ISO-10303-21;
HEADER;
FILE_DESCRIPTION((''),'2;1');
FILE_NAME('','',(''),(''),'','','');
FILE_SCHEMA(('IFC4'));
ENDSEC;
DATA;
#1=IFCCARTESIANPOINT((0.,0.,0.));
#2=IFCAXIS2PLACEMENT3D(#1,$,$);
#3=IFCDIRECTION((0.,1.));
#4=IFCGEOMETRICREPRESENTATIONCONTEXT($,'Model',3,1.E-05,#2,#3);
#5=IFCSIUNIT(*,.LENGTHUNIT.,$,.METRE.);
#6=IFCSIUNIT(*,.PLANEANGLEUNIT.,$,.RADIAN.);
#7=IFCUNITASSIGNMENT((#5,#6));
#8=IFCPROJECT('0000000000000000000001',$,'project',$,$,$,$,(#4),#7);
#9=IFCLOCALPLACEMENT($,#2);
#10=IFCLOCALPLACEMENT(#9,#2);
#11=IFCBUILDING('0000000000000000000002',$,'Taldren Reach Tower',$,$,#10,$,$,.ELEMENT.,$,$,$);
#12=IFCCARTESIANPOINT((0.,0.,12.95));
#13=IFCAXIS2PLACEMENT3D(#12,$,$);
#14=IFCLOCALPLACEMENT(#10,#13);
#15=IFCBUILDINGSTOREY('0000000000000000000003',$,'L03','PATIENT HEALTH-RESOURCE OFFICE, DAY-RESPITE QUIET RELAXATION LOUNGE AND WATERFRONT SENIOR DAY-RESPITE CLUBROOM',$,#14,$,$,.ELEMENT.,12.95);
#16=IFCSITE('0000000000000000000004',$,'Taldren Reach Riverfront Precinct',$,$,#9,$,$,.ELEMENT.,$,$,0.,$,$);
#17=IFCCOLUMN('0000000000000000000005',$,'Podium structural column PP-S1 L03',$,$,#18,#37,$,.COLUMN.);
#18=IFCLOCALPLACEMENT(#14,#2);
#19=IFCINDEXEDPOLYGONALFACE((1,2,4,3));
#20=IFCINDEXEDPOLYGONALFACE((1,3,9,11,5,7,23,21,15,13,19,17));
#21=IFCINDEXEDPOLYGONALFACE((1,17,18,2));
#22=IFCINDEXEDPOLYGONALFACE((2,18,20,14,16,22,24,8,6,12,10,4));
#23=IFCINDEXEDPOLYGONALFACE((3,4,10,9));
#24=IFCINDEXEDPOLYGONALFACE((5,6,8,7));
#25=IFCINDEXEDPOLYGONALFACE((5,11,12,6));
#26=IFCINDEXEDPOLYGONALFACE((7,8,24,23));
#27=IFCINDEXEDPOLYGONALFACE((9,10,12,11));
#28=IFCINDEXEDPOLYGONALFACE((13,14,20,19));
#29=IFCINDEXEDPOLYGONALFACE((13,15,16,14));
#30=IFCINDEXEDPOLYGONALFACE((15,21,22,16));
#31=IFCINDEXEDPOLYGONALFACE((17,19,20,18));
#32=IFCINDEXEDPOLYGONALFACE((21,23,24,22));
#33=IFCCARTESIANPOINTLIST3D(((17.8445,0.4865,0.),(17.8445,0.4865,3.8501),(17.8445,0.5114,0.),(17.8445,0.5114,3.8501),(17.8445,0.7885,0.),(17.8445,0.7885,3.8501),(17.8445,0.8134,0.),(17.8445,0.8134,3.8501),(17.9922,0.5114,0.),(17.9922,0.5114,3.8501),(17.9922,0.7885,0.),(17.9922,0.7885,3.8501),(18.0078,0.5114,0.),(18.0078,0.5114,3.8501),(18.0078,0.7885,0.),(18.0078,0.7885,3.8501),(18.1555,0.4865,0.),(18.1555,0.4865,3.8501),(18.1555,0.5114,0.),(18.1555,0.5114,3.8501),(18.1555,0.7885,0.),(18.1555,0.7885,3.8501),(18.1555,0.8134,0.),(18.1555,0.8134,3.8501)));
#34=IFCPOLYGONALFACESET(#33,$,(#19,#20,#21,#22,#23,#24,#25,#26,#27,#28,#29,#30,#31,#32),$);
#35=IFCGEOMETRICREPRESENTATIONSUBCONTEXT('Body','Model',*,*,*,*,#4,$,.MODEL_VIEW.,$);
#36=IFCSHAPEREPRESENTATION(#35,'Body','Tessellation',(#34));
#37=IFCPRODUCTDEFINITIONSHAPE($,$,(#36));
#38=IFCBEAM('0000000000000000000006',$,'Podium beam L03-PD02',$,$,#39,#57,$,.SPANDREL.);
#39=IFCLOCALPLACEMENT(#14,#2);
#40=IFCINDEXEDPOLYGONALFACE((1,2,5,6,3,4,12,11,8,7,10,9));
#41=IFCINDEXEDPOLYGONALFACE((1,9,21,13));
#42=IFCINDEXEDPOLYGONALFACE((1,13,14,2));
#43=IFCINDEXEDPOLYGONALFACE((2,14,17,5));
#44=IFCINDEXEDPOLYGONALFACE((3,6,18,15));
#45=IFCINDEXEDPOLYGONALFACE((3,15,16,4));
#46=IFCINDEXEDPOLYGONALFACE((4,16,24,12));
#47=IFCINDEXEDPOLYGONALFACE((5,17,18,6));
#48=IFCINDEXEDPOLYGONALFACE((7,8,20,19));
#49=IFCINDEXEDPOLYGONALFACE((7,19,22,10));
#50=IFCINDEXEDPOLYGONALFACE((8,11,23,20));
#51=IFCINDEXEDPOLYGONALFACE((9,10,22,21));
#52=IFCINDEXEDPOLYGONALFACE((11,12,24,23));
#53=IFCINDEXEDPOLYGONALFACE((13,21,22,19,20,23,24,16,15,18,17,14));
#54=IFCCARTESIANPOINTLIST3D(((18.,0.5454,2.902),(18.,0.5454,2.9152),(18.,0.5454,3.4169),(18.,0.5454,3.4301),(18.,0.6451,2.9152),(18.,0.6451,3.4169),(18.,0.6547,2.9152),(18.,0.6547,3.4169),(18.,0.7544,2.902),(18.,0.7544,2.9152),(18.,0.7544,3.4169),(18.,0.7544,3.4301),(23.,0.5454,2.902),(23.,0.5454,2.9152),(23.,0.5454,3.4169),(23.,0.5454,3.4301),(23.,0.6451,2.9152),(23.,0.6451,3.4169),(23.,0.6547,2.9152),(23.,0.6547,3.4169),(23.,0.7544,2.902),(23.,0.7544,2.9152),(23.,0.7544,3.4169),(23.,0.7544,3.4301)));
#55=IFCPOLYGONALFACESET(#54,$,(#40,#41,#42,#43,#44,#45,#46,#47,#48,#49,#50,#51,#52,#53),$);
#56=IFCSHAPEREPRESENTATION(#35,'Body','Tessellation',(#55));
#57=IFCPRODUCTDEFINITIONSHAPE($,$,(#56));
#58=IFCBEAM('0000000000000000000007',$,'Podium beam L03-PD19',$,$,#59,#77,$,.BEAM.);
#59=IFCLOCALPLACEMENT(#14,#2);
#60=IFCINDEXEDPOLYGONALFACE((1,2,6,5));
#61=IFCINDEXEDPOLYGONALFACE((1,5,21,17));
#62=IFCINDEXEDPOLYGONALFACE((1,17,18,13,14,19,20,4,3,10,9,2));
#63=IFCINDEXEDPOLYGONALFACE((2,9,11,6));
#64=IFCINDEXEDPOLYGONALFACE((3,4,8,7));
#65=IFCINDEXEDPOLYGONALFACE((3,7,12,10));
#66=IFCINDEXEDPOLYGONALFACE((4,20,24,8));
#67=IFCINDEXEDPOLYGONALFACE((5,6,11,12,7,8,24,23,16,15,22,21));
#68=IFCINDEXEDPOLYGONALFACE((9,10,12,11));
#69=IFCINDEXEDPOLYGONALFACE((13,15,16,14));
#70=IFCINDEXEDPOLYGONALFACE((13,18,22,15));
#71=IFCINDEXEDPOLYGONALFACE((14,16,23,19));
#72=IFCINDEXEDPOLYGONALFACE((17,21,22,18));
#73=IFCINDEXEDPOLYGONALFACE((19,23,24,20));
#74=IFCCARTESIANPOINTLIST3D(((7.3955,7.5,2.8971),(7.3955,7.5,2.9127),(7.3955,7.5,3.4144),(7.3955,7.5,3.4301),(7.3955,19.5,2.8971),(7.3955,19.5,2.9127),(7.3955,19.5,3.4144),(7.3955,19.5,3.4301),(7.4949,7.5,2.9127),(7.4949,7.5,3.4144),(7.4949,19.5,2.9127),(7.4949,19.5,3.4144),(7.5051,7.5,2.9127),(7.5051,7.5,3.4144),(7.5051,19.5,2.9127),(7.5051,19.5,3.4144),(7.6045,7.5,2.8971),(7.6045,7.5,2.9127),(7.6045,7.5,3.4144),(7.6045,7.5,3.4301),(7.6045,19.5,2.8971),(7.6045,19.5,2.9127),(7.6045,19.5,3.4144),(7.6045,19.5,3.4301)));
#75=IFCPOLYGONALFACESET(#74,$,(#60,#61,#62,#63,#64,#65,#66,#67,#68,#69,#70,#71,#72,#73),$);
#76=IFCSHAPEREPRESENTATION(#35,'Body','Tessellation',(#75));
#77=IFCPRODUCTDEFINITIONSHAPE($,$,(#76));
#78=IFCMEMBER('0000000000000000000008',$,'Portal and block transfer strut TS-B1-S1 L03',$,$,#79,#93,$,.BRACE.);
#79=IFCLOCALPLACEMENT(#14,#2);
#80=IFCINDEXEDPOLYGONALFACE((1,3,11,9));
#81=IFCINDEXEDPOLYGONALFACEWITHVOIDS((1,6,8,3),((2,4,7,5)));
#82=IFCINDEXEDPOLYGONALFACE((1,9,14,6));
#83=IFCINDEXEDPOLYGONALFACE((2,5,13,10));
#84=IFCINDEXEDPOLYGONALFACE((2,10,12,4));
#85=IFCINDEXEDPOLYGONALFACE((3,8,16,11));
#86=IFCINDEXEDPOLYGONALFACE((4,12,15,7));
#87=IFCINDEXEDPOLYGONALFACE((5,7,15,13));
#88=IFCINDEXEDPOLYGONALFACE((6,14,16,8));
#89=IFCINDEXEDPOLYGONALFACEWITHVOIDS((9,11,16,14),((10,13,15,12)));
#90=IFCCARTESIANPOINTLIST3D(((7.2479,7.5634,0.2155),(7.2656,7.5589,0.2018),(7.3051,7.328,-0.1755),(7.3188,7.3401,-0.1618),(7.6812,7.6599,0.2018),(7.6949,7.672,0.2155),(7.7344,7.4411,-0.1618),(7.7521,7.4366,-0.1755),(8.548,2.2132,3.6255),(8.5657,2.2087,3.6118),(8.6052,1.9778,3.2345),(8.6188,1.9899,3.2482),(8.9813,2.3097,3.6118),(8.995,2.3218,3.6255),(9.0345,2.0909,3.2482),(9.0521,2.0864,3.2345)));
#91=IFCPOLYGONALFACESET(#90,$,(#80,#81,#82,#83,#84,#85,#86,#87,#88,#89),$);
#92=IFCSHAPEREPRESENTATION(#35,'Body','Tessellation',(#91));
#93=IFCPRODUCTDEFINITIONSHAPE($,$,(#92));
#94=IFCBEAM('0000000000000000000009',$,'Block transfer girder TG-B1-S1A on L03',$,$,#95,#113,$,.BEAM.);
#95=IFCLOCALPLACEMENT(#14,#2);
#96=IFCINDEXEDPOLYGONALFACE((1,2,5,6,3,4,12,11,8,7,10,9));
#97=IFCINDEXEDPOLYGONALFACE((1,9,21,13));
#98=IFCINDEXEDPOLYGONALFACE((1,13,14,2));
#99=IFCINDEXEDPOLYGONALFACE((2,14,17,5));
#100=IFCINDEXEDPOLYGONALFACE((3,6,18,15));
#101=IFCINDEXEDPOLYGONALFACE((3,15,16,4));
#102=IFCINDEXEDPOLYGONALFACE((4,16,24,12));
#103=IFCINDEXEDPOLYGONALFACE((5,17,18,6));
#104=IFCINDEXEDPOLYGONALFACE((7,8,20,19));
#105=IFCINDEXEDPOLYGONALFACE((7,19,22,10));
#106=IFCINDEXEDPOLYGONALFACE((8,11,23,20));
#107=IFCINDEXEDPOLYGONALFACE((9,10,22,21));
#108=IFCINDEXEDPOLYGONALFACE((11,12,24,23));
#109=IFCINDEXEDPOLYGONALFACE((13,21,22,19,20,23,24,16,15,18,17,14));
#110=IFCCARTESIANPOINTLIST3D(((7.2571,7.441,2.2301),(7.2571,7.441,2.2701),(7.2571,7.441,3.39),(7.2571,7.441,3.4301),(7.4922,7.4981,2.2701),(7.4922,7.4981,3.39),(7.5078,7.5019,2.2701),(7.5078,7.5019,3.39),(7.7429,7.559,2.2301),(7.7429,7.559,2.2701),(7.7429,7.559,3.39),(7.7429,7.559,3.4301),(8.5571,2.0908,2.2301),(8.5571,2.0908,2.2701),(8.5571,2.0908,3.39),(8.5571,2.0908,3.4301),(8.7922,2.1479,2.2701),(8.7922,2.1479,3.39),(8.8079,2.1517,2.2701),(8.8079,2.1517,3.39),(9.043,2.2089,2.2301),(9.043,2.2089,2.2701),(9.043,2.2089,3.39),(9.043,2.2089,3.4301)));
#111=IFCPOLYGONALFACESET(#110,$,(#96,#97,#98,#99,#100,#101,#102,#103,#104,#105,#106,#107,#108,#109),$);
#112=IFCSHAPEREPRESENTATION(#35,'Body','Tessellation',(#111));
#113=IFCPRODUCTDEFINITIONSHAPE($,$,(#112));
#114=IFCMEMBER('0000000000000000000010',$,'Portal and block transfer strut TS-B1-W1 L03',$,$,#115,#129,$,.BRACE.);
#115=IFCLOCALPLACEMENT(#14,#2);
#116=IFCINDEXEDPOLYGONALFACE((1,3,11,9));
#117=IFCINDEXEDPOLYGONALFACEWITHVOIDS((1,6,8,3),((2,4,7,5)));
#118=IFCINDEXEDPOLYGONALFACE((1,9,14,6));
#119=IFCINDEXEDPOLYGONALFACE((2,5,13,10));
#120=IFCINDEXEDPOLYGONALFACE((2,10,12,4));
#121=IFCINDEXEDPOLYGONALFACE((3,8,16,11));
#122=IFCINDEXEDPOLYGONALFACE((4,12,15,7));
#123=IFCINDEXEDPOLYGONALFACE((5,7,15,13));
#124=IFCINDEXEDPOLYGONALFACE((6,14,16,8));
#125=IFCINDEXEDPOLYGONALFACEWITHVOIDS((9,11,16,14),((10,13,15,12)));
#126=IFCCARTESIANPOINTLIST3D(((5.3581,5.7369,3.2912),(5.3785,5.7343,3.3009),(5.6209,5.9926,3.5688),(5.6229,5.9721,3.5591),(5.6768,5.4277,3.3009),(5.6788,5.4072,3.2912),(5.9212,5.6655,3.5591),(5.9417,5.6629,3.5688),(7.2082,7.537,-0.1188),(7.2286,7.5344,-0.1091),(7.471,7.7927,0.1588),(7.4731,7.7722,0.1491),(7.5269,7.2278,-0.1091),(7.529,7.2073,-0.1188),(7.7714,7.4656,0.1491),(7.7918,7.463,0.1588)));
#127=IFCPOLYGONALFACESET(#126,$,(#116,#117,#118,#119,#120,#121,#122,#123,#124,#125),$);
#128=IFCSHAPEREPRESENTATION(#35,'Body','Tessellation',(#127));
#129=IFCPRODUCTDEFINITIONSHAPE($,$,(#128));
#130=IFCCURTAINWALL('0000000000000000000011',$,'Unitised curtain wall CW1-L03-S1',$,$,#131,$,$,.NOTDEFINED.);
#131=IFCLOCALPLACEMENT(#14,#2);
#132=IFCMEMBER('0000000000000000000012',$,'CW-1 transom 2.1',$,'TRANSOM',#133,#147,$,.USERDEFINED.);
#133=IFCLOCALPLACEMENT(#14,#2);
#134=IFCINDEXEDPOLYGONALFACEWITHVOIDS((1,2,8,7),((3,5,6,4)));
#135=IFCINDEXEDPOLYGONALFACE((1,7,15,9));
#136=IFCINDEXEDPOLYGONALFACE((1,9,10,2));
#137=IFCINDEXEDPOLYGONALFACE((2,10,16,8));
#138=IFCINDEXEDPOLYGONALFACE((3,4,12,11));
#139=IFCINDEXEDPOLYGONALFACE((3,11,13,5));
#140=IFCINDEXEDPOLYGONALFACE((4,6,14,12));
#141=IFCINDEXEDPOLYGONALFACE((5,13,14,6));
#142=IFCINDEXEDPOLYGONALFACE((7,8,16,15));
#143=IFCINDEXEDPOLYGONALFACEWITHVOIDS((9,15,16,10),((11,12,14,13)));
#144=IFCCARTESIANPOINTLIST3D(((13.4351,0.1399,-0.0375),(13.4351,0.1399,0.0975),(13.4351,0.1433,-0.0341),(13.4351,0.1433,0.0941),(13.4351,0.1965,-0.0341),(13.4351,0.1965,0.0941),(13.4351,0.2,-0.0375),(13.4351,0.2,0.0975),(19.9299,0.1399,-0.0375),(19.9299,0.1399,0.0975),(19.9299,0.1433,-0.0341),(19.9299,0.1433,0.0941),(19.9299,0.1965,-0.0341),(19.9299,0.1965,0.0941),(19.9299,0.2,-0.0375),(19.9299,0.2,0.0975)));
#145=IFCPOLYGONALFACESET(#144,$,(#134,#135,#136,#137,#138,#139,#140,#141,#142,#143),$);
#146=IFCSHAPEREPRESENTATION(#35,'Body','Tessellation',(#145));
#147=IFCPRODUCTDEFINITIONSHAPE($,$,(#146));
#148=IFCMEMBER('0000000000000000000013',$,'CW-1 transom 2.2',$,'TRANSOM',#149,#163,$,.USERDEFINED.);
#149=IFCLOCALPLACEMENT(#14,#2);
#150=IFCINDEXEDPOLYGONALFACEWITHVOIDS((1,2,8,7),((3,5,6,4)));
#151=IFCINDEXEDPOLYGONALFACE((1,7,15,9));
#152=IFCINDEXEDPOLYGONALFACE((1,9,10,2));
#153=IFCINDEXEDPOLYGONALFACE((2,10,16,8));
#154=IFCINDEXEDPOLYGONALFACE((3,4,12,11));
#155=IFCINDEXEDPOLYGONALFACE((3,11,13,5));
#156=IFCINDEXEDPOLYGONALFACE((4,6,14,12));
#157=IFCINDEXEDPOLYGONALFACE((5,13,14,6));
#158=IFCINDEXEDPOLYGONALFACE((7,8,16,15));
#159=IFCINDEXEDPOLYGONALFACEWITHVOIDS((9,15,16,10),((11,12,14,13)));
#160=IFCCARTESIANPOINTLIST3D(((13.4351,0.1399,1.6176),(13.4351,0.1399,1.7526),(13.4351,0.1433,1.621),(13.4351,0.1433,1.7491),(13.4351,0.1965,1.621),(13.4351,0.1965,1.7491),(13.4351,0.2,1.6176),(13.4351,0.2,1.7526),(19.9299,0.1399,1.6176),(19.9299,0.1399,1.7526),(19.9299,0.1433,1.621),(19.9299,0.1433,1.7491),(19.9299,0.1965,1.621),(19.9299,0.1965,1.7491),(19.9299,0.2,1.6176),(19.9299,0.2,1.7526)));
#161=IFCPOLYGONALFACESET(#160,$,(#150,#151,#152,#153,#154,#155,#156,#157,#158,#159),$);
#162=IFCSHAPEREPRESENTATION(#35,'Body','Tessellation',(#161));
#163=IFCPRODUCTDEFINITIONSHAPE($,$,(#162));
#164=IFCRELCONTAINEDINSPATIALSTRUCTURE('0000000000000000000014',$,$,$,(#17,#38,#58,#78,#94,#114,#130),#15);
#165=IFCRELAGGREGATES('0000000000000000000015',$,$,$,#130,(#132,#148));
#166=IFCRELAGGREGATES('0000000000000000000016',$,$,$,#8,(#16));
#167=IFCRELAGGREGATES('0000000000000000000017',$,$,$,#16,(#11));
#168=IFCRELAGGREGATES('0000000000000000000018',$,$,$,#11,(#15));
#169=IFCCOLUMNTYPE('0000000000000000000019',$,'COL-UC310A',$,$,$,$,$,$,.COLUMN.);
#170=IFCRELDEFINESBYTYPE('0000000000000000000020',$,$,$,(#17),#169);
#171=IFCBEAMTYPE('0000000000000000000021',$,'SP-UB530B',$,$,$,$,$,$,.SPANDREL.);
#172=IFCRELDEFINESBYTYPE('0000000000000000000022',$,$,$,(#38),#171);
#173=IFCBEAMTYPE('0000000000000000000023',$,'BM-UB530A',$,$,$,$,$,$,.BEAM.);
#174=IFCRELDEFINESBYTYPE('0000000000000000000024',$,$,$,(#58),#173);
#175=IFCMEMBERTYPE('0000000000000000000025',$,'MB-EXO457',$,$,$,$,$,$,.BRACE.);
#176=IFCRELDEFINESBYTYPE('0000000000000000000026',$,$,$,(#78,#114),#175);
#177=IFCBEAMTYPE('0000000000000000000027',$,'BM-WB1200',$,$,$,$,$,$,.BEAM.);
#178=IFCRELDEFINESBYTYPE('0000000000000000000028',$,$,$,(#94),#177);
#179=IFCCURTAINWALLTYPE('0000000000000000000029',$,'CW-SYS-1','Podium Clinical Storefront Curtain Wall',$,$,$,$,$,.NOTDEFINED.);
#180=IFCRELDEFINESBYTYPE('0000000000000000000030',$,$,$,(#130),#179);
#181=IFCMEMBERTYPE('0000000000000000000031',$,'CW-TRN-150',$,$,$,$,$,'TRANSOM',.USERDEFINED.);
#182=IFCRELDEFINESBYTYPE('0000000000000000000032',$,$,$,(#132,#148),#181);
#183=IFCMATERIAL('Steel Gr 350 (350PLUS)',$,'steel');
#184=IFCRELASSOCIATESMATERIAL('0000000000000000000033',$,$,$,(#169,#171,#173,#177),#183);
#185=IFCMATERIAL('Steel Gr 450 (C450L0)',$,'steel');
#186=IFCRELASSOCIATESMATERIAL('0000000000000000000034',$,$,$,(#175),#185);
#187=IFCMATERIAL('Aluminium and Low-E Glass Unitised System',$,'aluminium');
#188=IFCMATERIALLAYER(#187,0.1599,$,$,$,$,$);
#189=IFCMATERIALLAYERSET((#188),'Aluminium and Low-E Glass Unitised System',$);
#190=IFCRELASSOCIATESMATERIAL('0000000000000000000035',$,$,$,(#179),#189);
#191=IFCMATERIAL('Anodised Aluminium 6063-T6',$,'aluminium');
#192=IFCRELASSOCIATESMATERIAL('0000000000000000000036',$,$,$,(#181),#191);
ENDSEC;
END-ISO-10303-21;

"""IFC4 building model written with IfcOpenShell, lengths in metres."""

from ifc_helpers import new_model, si_unit, direction, frame, origin, origin_2d, place, context, subcontext, project, spatial, hollow_rectangle, i_section, extrude, source, transform, mapped, material, layer, layer_set, material_profile, profile_set, type_object, element, aggregate, save


model = new_model("IFC4")

# Units and contexts
model_context = context("Model", 3, precision=1e-05, world=origin(), true_north=direction((0.0, 1.0)))
body_context = subcontext(model_context, "Body", "Model", "MODEL_VIEW")
ifc_project = project(units=[si_unit("LENGTHUNIT", "METRE"), si_unit("PLANEANGLEUNIT", "RADIAN")], contexts=[model_context])

# Site, building, storey
site_placement = place(None, origin())
site = spatial("IfcSite", under=ifc_project, at=site_placement, Name="Taldren Reach Riverfront Precinct", CompositionType="ELEMENT", RefElevation=0.0)
building_placement = place(site_placement, origin())
building = spatial("IfcBuilding", under=site, at=building_placement, Name="Taldren Reach Tower", CompositionType="ELEMENT")
storey_placement = place(building_placement, frame((0.0, 0.0, 12.95)))
storey = spatial("IfcBuildingStorey", under=building, at=storey_placement, Name="L03", Description="PATIENT HEALTH-RESOURCE OFFICE, DAY-RESPITE QUIET RELAXATION LOUNGE AND WATERFRONT SENIOR DAY-RESPITE CLUBROOM", CompositionType="ELEMENT", Elevation=12.95)

# Column
ifc_material_1 = material(Name="Steel Gr 350 (350PLUS)", Category="steel")
ifc_material_profile_1 = material_profile(ifc_material_1, i_section(OverallWidth=0.311, OverallDepth=0.3269, WebThickness=0.0156, FlangeThickness=0.0249, at=origin_2d()), Name="310UC158")
ifc_profile_set_1 = profile_set([ifc_material_profile_1], Name="Steel Gr 350 (350PLUS)")
column_type = type_object("IfcColumnType", Name="COL-UC310A", PredefinedType="COLUMN", material=ifc_profile_set_1)
shared_shape_1 = source(origin(), body_context, "Body", "SweptSolid", [
    extrude(i_section(OverallWidth=0.311, OverallDepth=0.3269, WebThickness=0.0156, FlangeThickness=0.0249, at=origin_2d()), origin(), (0.0, 0.0, 1.0), 3.8501),
])
column_placement = place(storey_placement, frame((18.0, 0.6499, 0.0), z_axis=(0.0, 0.0, 1.0), x_axis=(1.0, 0.0, 0.0)))
element("IfcColumn", 1, at=column_placement, inside=storey, type_object=column_type, Name="Podium structural column PP-S1 L03", PredefinedType="COLUMN", context=body_context, shape_type="MappedRepresentation", body=[
    mapped(shared_shape_1, transform((0.0, 0.0, 0.0), scale=1.0)),
])

# Beams
ifc_material_profile_2 = material_profile(ifc_material_1, i_section(OverallWidth=0.209, OverallDepth=0.5281, WebThickness=0.0095, FlangeThickness=0.0132, at=origin_2d()), Name="530UB82.0")
ifc_profile_set_2 = profile_set([ifc_material_profile_2], Name="Steel Gr 350 (350PLUS)")
beam_type_1 = type_object("IfcBeamType", Name="SP-UB530B", PredefinedType="SPANDREL", material=ifc_profile_set_2)
shared_shape_2 = source(origin(), body_context, "Body", "SweptSolid", [
    extrude(i_section(OverallWidth=0.209, OverallDepth=0.5281, WebThickness=0.0095, FlangeThickness=0.0132, at=origin_2d()), origin(), (0.0, 0.0, 1.0), 5.0),
])
beam_1_placement = place(storey_placement, frame((18.0, 0.6499, 3.166), z_axis=(1.0, 0.0, 0.0), x_axis=(0.0, 1.0, 0.0)))
element("IfcBeam", 2, at=beam_1_placement, inside=storey, type_object=beam_type_1, Name="Podium beam L03-PD02", PredefinedType="SPANDREL", context=body_context, shape_type="MappedRepresentation", body=[
    mapped(shared_shape_2, transform((0.0, 0.0, 0.0), scale=1.0)),
])
ifc_material_profile_3 = material_profile(ifc_material_1, i_section(OverallWidth=0.209, OverallDepth=0.533, WebThickness=0.0103, FlangeThickness=0.0156, at=origin_2d()), Name="530UB92.4")
ifc_profile_set_3 = profile_set([ifc_material_profile_3], Name="Steel Gr 350 (350PLUS)")
beam_type_2 = type_object("IfcBeamType", Name="BM-UB530A", PredefinedType="BEAM", material=ifc_profile_set_3)
shared_shape_3 = source(origin(), body_context, "Body", "SweptSolid", [
    extrude(i_section(OverallWidth=0.209, OverallDepth=0.533, WebThickness=0.0103, FlangeThickness=0.0156, at=origin_2d()), origin(), (0.0, 0.0, 1.0), 12.0),
])
beam_2_placement = place(storey_placement, frame((7.5, 7.5, 3.1636), z_axis=(0.0, 1.0, 0.0), x_axis=(-1.0, 0.0, 0.0)))
element("IfcBeam", 3, at=beam_2_placement, inside=storey, type_object=beam_type_2, Name="Podium beam L03-PD19", PredefinedType="BEAM", context=body_context, shape_type="MappedRepresentation", body=[
    mapped(shared_shape_3, transform((0.0, 0.0, 0.0), scale=1.0)),
])

# Member
ifc_material_2 = material(Name="Steel Gr 450 (C450L0)", Category="steel")
ifc_material_profile_4 = material_profile(ifc_material_2, hollow_rectangle(XDim=0.46, YDim=0.46, WallThickness=0.0161, at=origin_2d()), Name="460x460x16.0SHS")
ifc_profile_set_4 = profile_set([ifc_material_profile_4], Name="Steel Gr 450 (C450L0)")
member_type_1 = type_object("IfcMemberType", Name="MB-EXO457", PredefinedType="BRACE", material=ifc_profile_set_4)
shared_shape_4 = source(origin(), body_context, "Body", "SweptSolid", [
    extrude(hollow_rectangle(XDim=0.46, YDim=0.46, WallThickness=0.0161, at=origin_2d()), origin(), (0.0, 0.0, 1.0), 6.4763),
])
member_1_placement = place(storey_placement, frame((7.5, 7.5, 0.02), z_axis=(0.200743, -0.826117, 0.52653), x_axis=(0.971723, 0.236124, 0.0)))
element("IfcMember", 4, at=member_1_placement, inside=storey, type_object=member_type_1, Name="Portal and block transfer strut TS-B1-S1 L03", PredefinedType="BRACE", context=body_context, shape_type="MappedRepresentation", body=[
    mapped(shared_shape_4, transform((0.0, 0.0, 0.0), scale=1.0)),
])

# Beam
ifc_material_profile_5 = material_profile(ifc_material_1, i_section(OverallWidth=0.5, OverallDepth=1.2, WebThickness=0.0161, FlangeThickness=0.04, at=origin_2d()), Name="1200WB455")
ifc_profile_set_5 = profile_set([ifc_material_profile_5], Name="Steel Gr 350 (350PLUS)")
beam_type_3 = type_object("IfcBeamType", Name="BM-WB1200", PredefinedType="BEAM", material=ifc_profile_set_5)
shared_shape_5 = source(origin(), body_context, "Body", "SweptSolid", [
    extrude(i_section(OverallWidth=0.5, OverallDepth=1.2, WebThickness=0.0161, FlangeThickness=0.04, at=origin_2d()), origin(), (0.0, 0.0, 1.0), 5.5059),
])
beam_3_placement = place(storey_placement, frame((7.5, 7.5, 2.8301), z_axis=(0.236124, -0.971723, 0.0), x_axis=(0.971723, 0.236124, 0.0)))
element("IfcBeam", 5, at=beam_3_placement, inside=storey, type_object=beam_type_3, Name="Block transfer girder TG-B1-S1A on L03", PredefinedType="BEAM", context=body_context, shape_type="MappedRepresentation", body=[
    mapped(shared_shape_5, transform((0.0, 0.0, 0.0), scale=1.0)),
])

# Member
shared_shape_6 = source(origin(), body_context, "Body", "SweptSolid", [
    extrude(hollow_rectangle(XDim=0.46, YDim=0.46, WallThickness=0.0161, at=origin_2d()), origin(), (0.0, 0.0, 1.0), 4.2769),
])
member_2_placement = place(storey_placement, frame((7.5, 7.5, 0.02), z_axis=(-0.432595, -0.420892, 0.797315), x_axis=(0.697346, -0.716735, 0.0)))
element("IfcMember", 6, at=member_2_placement, inside=storey, type_object=member_type_1, Name="Portal and block transfer strut TS-B1-W1 L03", PredefinedType="BRACE", context=body_context, shape_type="MappedRepresentation", body=[
    mapped(shared_shape_6, transform((0.0, 0.0, 0.0), scale=1.0)),
])

# Curtain wall, members
ifc_material_3 = material(Name="Aluminium and Low-E Glass Unitised System", Category="aluminium")
ifc_layer_1 = layer(ifc_material_3, 0.1599)
ifc_layer_set_1 = layer_set([ifc_layer_1], Name="Aluminium and Low-E Glass Unitised System")
curtain_wall_type = type_object("IfcCurtainWallType", Name="CW-SYS-1", Description="Podium Clinical Storefront Curtain Wall", PredefinedType="NOTDEFINED", material=ifc_layer_set_1)
curtain_wall_1_placement = place(storey_placement, origin())
curtain_wall_1 = element("IfcCurtainWall", 7, at=curtain_wall_1_placement, inside=storey, type_object=curtain_wall_type, Name="Unitised curtain wall CW1-L03-S1", PredefinedType="NOTDEFINED")
ifc_material_4 = material(Name="Anodised Aluminium 6063-T6", Category="aluminium")
ifc_material_profile_6 = material_profile(ifc_material_4, hollow_rectangle(XDim=0.0601, YDim=0.135, WallThickness=0.0034, at=origin_2d()), Name="ALU-135x60x3.5RHS")
ifc_profile_set_6 = profile_set([ifc_material_profile_6], Name="Anodised Aluminium 6063-T6")
member_type_2 = type_object("IfcMemberType", Name="CW-TRN-150", ElementType="TRANSOM", PredefinedType="USERDEFINED", material=ifc_profile_set_6)
shared_shape_7 = source(origin(), body_context, "Body", "SweptSolid", [
    extrude(hollow_rectangle(XDim=0.0601, YDim=0.135, WallThickness=0.0034, at=origin_2d()), origin(), (0.0, 0.0, 1.0), 6.4949),
])
member_3_placement = place(storey_placement, frame((13.4351, 0.1699, 0.03), z_axis=(1.0, 0.0, 0.0), x_axis=(0.0, 1.0, 0.0)))
member_3 = element("IfcMember", 8, at=member_3_placement, type_object=member_type_2, Name="CW-1 transom 2.1", ObjectType="TRANSOM", PredefinedType="USERDEFINED", context=body_context, shape_type="MappedRepresentation", body=[
    mapped(shared_shape_7, transform((0.0, 0.0, 0.0), scale=1.0)),
])
member_4_placement = place(storey_placement, frame((13.4351, 0.1699, 1.6851), z_axis=(1.0, 0.0, 0.0), x_axis=(0.0, 1.0, 0.0)))
member_4 = element("IfcMember", 9, at=member_4_placement, type_object=member_type_2, Name="CW-1 transom 2.2", ObjectType="TRANSOM", PredefinedType="USERDEFINED", context=body_context, shape_type="MappedRepresentation", body=[
    mapped(shared_shape_7, transform((0.0, 0.0, 0.0), scale=1.0)),
])

aggregate(curtain_wall_1, [member_3, member_4])

save(model, "model.ifc")
